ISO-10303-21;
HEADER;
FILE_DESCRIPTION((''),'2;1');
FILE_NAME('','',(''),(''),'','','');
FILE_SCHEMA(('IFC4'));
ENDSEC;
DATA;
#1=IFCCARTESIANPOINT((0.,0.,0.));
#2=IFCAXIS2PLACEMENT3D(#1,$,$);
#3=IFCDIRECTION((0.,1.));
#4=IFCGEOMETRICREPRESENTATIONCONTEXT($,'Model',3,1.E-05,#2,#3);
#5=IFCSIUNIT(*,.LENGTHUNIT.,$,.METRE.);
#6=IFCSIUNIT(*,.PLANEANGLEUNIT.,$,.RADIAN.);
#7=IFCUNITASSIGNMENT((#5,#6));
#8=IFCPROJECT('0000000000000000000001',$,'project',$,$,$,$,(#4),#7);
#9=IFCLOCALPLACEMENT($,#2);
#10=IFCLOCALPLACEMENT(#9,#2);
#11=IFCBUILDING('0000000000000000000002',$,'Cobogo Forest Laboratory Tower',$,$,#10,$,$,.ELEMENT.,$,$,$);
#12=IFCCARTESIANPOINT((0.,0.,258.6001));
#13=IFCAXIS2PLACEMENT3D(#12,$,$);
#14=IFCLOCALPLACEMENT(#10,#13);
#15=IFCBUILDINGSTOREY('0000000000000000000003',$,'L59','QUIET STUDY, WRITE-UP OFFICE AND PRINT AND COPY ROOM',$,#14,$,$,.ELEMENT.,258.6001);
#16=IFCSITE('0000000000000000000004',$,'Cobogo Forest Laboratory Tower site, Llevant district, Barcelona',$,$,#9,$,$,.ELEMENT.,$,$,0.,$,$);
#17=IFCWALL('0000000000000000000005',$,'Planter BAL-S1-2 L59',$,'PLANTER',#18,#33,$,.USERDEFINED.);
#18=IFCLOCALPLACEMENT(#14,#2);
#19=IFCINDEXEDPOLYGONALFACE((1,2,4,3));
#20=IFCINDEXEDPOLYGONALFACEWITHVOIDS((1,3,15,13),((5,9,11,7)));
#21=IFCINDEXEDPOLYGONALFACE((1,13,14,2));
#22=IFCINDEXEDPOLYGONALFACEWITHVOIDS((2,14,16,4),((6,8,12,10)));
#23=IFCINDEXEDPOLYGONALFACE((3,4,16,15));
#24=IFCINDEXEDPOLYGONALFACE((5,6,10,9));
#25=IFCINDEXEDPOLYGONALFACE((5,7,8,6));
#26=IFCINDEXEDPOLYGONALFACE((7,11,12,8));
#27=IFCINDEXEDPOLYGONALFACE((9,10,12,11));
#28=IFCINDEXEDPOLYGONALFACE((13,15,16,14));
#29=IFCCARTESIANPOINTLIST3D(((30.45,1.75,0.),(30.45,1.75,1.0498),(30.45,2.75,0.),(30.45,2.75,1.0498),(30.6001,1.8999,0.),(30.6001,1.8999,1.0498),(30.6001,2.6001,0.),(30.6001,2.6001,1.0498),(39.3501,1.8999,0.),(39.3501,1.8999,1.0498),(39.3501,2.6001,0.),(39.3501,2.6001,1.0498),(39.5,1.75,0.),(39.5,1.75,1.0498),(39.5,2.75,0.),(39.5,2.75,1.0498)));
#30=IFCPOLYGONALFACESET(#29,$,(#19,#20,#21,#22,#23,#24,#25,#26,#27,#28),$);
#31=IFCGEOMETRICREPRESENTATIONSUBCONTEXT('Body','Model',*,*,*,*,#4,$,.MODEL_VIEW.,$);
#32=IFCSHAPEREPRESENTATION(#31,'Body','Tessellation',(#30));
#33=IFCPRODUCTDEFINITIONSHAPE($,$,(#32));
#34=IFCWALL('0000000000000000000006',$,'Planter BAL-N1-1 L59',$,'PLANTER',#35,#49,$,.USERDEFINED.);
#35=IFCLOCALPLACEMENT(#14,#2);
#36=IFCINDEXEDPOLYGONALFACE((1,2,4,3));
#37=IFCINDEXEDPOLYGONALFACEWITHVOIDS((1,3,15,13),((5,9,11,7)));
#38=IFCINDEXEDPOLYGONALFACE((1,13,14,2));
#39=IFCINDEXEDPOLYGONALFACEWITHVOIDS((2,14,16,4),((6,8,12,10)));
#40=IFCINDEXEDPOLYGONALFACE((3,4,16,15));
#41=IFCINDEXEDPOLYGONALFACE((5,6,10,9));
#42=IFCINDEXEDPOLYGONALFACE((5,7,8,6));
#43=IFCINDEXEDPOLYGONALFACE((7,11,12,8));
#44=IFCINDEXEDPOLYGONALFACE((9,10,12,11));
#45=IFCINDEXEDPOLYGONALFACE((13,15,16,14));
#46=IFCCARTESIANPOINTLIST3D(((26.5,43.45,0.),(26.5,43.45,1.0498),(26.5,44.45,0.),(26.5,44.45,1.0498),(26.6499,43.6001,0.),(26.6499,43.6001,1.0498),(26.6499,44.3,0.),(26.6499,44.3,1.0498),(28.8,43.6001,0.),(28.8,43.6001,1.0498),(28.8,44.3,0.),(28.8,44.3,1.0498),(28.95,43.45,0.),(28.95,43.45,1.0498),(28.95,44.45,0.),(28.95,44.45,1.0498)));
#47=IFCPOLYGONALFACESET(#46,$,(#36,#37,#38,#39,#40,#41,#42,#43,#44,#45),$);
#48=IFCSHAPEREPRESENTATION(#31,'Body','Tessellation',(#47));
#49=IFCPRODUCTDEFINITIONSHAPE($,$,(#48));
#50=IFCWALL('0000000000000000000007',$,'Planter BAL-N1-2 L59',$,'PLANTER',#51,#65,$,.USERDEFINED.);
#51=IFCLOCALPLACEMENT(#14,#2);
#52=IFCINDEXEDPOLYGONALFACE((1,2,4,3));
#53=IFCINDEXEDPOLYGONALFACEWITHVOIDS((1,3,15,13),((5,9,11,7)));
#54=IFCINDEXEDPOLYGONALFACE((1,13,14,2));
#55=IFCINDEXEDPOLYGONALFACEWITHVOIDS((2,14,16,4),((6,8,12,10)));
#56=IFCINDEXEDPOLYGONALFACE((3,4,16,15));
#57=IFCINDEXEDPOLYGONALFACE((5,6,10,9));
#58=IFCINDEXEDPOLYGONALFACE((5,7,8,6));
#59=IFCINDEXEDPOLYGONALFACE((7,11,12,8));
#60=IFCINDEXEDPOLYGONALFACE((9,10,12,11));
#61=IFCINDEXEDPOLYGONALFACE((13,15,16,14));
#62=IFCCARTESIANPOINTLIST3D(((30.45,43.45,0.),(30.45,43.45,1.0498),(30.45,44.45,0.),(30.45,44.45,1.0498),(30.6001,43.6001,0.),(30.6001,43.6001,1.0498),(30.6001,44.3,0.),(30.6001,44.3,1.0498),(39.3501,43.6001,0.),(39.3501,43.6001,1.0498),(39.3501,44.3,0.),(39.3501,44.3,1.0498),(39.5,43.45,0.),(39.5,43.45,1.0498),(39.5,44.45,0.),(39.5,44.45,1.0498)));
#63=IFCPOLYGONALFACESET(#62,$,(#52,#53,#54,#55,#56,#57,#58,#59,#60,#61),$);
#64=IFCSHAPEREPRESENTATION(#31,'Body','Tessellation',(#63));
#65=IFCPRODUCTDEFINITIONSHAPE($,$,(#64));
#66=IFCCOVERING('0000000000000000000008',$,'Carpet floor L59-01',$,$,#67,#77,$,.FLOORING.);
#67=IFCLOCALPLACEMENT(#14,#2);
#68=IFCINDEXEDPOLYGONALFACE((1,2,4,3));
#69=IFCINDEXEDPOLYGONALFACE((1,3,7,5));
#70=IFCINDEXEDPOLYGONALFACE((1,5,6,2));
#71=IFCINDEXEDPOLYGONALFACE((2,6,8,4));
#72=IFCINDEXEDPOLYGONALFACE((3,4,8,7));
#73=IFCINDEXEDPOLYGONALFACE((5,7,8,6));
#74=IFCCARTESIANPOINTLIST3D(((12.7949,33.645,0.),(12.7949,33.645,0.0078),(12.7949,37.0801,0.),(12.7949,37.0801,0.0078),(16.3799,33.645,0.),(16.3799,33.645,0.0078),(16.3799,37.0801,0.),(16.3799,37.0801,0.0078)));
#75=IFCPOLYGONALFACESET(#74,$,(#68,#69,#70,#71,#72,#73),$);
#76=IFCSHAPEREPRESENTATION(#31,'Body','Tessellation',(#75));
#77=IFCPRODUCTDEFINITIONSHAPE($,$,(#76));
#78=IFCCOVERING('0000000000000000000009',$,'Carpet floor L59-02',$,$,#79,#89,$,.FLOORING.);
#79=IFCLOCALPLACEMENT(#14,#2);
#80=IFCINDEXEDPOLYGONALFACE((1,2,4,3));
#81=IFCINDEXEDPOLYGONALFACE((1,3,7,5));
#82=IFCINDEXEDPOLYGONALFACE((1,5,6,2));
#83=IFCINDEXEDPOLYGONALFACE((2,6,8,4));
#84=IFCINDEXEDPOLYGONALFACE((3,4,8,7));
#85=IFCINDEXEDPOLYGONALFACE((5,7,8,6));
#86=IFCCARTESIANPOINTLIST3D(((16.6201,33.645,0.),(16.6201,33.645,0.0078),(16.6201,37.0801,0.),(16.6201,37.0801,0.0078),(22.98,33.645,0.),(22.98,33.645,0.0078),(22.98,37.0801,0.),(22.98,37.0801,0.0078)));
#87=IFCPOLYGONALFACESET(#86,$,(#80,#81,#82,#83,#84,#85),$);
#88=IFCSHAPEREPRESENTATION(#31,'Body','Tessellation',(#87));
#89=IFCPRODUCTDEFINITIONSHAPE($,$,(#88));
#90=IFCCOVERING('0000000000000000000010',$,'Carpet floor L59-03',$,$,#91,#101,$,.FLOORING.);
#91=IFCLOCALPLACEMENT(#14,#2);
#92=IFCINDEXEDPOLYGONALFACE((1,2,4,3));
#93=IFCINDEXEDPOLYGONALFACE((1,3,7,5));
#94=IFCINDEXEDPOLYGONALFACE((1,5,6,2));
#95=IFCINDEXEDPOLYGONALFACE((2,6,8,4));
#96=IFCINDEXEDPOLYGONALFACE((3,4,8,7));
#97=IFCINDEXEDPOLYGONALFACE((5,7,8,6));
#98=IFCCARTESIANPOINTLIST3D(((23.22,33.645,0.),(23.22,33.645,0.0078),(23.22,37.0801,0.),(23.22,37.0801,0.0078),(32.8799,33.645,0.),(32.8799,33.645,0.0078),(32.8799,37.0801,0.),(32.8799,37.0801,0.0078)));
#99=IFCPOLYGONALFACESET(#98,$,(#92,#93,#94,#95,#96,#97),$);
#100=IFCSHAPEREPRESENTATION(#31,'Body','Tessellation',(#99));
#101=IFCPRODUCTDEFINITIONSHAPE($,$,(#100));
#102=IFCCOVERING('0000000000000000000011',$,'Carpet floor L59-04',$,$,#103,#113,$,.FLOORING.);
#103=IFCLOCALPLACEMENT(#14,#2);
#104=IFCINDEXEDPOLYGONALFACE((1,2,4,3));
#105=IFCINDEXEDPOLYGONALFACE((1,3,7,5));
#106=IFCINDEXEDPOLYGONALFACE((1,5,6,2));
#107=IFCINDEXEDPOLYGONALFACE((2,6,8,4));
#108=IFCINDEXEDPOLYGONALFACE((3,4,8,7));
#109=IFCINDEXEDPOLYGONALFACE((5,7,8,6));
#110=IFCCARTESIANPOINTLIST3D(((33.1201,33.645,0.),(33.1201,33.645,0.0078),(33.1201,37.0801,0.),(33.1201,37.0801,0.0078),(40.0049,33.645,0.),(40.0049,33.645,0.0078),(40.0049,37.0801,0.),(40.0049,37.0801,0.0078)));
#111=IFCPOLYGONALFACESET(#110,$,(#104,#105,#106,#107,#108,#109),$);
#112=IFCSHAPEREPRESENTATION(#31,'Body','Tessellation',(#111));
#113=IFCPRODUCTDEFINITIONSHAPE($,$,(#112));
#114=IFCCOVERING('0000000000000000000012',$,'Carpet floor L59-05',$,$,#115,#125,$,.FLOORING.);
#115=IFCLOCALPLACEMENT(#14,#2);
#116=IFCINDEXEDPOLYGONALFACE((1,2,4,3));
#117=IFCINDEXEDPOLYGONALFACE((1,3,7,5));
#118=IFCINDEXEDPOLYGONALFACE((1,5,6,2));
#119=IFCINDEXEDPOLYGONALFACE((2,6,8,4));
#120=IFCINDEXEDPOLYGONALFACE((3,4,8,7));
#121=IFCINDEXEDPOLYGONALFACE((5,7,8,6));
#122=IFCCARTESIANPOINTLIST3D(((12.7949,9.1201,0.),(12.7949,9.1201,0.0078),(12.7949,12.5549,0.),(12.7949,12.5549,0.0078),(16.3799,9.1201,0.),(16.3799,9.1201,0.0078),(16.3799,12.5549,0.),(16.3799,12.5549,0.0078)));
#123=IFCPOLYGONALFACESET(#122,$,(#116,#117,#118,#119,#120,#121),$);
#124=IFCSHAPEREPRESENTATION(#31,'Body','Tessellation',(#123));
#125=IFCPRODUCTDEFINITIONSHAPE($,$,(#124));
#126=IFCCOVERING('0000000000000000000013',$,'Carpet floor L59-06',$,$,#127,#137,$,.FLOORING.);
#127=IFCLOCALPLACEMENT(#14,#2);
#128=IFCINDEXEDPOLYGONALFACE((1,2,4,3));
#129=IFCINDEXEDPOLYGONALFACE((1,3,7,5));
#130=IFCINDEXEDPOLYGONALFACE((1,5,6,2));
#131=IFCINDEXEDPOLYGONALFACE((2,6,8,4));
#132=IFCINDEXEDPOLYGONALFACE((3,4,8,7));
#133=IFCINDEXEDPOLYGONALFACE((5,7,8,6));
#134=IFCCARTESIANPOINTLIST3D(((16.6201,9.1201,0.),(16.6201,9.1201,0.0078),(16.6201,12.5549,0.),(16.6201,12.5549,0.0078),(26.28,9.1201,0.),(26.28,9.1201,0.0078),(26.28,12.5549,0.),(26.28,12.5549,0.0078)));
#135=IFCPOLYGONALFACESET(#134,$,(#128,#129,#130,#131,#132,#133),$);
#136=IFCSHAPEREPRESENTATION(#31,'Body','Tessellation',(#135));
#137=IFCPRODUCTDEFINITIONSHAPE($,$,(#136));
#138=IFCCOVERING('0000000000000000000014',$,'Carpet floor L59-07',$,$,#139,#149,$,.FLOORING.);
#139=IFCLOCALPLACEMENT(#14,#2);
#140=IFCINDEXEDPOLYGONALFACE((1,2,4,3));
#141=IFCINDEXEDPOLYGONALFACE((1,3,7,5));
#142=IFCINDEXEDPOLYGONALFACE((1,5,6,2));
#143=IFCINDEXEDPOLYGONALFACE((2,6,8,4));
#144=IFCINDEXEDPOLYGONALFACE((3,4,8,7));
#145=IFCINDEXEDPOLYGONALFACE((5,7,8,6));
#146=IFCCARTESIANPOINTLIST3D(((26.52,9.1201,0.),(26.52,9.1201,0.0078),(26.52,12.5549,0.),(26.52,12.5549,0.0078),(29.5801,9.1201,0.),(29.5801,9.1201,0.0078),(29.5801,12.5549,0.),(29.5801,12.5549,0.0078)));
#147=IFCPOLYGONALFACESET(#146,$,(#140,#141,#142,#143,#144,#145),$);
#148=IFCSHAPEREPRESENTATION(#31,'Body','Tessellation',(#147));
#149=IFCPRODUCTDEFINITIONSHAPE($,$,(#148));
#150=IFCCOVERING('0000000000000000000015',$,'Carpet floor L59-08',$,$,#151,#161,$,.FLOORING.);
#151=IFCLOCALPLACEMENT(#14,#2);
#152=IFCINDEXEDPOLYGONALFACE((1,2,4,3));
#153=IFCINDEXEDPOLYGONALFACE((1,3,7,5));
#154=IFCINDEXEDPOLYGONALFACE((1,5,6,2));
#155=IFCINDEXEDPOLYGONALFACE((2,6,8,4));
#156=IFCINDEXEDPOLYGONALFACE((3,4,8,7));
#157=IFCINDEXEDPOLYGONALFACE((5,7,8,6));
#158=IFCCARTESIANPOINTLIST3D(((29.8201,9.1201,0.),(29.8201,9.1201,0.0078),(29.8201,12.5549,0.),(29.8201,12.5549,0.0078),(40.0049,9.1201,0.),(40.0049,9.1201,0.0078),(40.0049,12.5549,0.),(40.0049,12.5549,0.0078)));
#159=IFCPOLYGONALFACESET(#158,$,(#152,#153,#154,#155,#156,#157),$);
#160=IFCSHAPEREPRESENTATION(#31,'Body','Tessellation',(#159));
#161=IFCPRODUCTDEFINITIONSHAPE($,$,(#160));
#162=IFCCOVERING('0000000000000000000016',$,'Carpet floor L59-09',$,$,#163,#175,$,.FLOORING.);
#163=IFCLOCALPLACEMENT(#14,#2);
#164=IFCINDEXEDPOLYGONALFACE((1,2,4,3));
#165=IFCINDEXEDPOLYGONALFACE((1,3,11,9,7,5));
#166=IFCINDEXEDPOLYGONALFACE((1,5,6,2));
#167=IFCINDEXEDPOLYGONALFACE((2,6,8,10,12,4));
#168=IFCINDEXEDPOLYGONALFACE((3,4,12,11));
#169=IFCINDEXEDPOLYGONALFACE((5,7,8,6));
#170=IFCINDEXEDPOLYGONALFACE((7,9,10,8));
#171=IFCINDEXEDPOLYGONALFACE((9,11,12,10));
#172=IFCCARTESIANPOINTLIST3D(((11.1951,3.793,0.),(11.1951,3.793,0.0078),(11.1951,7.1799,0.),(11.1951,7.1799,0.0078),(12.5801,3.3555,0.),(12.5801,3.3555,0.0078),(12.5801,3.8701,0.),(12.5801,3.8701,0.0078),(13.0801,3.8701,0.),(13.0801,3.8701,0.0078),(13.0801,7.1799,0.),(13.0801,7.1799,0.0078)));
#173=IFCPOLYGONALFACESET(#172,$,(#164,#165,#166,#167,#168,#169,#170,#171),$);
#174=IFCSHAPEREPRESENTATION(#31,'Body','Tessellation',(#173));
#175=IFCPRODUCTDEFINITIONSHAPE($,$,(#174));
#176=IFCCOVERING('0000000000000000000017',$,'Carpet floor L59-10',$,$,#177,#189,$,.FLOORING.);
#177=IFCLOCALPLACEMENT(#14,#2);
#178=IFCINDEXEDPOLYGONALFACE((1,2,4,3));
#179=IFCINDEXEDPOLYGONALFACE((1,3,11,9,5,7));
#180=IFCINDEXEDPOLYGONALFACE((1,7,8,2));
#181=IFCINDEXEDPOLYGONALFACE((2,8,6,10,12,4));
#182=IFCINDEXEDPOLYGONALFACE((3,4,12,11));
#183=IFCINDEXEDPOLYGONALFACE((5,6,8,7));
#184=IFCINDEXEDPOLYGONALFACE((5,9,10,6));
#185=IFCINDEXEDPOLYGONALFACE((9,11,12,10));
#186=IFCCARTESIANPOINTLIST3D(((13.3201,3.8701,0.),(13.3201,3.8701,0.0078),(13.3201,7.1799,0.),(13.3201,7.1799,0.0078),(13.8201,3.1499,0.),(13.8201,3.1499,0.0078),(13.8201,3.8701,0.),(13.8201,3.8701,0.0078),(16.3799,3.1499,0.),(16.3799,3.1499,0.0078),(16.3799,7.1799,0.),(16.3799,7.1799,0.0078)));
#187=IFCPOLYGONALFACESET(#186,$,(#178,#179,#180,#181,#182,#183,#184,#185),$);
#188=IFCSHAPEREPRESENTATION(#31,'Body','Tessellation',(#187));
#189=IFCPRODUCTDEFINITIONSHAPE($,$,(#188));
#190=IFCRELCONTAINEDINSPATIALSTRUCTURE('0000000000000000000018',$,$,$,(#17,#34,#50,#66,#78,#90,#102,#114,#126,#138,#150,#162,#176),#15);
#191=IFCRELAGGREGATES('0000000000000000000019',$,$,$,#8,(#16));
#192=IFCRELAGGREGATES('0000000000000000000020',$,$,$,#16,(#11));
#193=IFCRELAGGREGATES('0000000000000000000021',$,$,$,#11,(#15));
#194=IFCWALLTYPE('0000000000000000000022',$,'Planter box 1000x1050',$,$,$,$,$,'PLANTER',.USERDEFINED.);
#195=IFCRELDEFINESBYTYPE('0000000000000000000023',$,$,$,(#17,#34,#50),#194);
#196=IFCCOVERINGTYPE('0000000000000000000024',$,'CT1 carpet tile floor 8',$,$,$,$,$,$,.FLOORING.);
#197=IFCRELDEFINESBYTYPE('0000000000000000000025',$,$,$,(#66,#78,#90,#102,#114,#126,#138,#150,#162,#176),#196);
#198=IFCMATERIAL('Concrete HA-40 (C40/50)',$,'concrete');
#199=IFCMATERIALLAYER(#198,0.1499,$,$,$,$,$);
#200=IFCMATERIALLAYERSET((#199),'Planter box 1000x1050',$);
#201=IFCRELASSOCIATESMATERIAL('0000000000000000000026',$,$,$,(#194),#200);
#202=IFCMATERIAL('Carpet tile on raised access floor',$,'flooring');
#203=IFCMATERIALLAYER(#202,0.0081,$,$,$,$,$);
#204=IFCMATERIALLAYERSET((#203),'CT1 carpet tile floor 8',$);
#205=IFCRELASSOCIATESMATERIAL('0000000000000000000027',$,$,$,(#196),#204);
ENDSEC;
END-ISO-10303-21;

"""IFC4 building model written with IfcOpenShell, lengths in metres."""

from ifc_helpers import new_model, si_unit, direction, frame, origin, place, context, subcontext, project, spatial, polyline, outline, extrude, material, layer, layer_set, type_object, element, save


model = new_model("IFC4")

# Units and contexts
model_context = context("Model", 3, precision=1e-05, world=origin(), true_north=direction((0.0, 1.0)))
body_context = subcontext(model_context, "Body", "Model", "MODEL_VIEW")
ifc_project = project(units=[si_unit("LENGTHUNIT", "METRE"), si_unit("PLANEANGLEUNIT", "RADIAN")], contexts=[model_context])

# Site, building, storey
site_placement = place(None, origin())
site = spatial("IfcSite", under=ifc_project, at=site_placement, Name="Cobogo Forest Laboratory Tower site, Llevant district, Barcelona", CompositionType="ELEMENT", RefElevation=0.0)
building_placement = place(site_placement, origin())
building = spatial("IfcBuilding", under=site, at=building_placement, Name="Cobogo Forest Laboratory Tower", CompositionType="ELEMENT")
storey_placement = place(building_placement, frame((0.0, 0.0, 258.6001)))
storey = spatial("IfcBuildingStorey", under=building, at=storey_placement, Name="L59", Description="QUIET STUDY, WRITE-UP OFFICE AND PRINT AND COPY ROOM", CompositionType="ELEMENT", Elevation=258.6001)

# Shared definitions
ifc_material_1 = material(Name="Concrete HA-40 (C40/50)", Category="concrete")

# Walls
ifc_layer_1 = layer(ifc_material_1, 0.1499)
ifc_layer_set_1 = layer_set([ifc_layer_1], Name="Planter box 1000x1050")
wall_type = type_object("IfcWallType", Name="Planter box 1000x1050", ElementType="PLANTER", PredefinedType="USERDEFINED", material=ifc_layer_set_1)
wall_1_placement = place(storey_placement, origin())
element("IfcWall", 1, at=wall_1_placement, inside=storey, type_object=wall_type, Name="Planter BAL-S1-2 L59", ObjectType="PLANTER", PredefinedType="USERDEFINED", context=body_context, shape_type="SweptSolid", body=[
    extrude(outline(polyline([(30.45, 1.75), (39.5, 1.75), (39.5, 2.75), (30.45, 2.75), (30.45, 1.75)]), holes=[polyline([(30.6001, 1.8999), (39.3501, 1.8999), (39.3501, 2.6001), (30.6001, 2.6001), (30.6001, 1.8999)])]), origin(), (0.0, 0.0, 1.0), 1.0498),
])
wall_2_placement = place(storey_placement, origin())
element("IfcWall", 2, at=wall_2_placement, inside=storey, type_object=wall_type, Name="Planter BAL-N1-1 L59", ObjectType="PLANTER", PredefinedType="USERDEFINED", context=body_context, shape_type="SweptSolid", body=[
    extrude(outline(polyline([(26.5, 43.45), (28.95, 43.45), (28.95, 44.45), (26.5, 44.45), (26.5, 43.45)]), holes=[polyline([(26.6499, 43.6001), (28.8, 43.6001), (28.8, 44.3), (26.6499, 44.3), (26.6499, 43.6001)])]), origin(), (0.0, 0.0, 1.0), 1.0498),
])
wall_3_placement = place(storey_placement, origin())
element("IfcWall", 3, at=wall_3_placement, inside=storey, type_object=wall_type, Name="Planter BAL-N1-2 L59", ObjectType="PLANTER", PredefinedType="USERDEFINED", context=body_context, shape_type="SweptSolid", body=[
    extrude(outline(polyline([(30.45, 43.45), (39.5, 43.45), (39.5, 44.45), (30.45, 44.45), (30.45, 43.45)]), holes=[polyline([(30.6001, 43.6001), (39.3501, 43.6001), (39.3501, 44.3), (30.6001, 44.3), (30.6001, 43.6001)])]), origin(), (0.0, 0.0, 1.0), 1.0498),
])

# Coverings
ifc_material_2 = material(Name="Carpet tile on raised access floor", Category="flooring")
ifc_layer_2 = layer(ifc_material_2, 0.0081)
ifc_layer_set_2 = layer_set([ifc_layer_2], Name="CT1 carpet tile floor 8")
covering_type_1 = type_object("IfcCoveringType", Name="CT1 carpet tile floor 8", PredefinedType="FLOORING", material=ifc_layer_set_2)
covering_1_placement = place(storey_placement, origin())
element("IfcCovering", 4, at=covering_1_placement, inside=storey, type_object=covering_type_1, Name="Carpet floor L59-01", PredefinedType="FLOORING", context=body_context, shape_type="SweptSolid", body=[
    extrude(outline(polyline([(16.3799, 33.645), (12.7949, 33.645), (12.7949, 37.0801), (16.3799, 37.0801), (16.3799, 33.645)])), origin(), (0.0, 0.0, 1.0), 0.0078),
])
covering_2_placement = place(storey_placement, origin())
element("IfcCovering", 5, at=covering_2_placement, inside=storey, type_object=covering_type_1, Name="Carpet floor L59-02", PredefinedType="FLOORING", context=body_context, shape_type="SweptSolid", body=[
    extrude(outline(polyline([(22.98, 33.645), (16.6201, 33.645), (16.6201, 37.0801), (22.98, 37.0801), (22.98, 33.645)])), origin(), (0.0, 0.0, 1.0), 0.0078),
])
covering_3_placement = place(storey_placement, origin())
element("IfcCovering", 6, at=covering_3_placement, inside=storey, type_object=covering_type_1, Name="Carpet floor L59-03", PredefinedType="FLOORING", context=body_context, shape_type="SweptSolid", body=[
    extrude(outline(polyline([(32.8799, 33.645), (23.22, 33.645), (23.22, 37.0801), (32.8799, 37.0801), (32.8799, 33.645)])), origin(), (0.0, 0.0, 1.0), 0.0078),
])
covering_4_placement = place(storey_placement, origin())
element("IfcCovering", 7, at=covering_4_placement, inside=storey, type_object=covering_type_1, Name="Carpet floor L59-04", PredefinedType="FLOORING", context=body_context, shape_type="SweptSolid", body=[
    extrude(outline(polyline([(40.0049, 33.645), (33.1201, 33.645), (33.1201, 37.0801), (40.0049, 37.0801), (40.0049, 33.645)])), origin(), (0.0, 0.0, 1.0), 0.0078),
])
covering_5_placement = place(storey_placement, origin())
element("IfcCovering", 8, at=covering_5_placement, inside=storey, type_object=covering_type_1, Name="Carpet floor L59-05", PredefinedType="FLOORING", context=body_context, shape_type="SweptSolid", body=[
    extrude(outline(polyline([(16.3799, 9.1201), (12.7949, 9.1201), (12.7949, 12.5549), (16.3799, 12.5549), (16.3799, 9.1201)])), origin(), (0.0, 0.0, 1.0), 0.0078),
])
covering_6_placement = place(storey_placement, origin())
element("IfcCovering", 9, at=covering_6_placement, inside=storey, type_object=covering_type_1, Name="Carpet floor L59-06", PredefinedType="FLOORING", context=body_context, shape_type="SweptSolid", body=[
    extrude(outline(polyline([(26.28, 9.1201), (16.6201, 9.1201), (16.6201, 12.5549), (26.28, 12.5549), (26.28, 9.1201)])), origin(), (0.0, 0.0, 1.0), 0.0078),
])
covering_7_placement = place(storey_placement, origin())
element("IfcCovering", 10, at=covering_7_placement, inside=storey, type_object=covering_type_1, Name="Carpet floor L59-07", PredefinedType="FLOORING", context=body_context, shape_type="SweptSolid", body=[
    extrude(outline(polyline([(29.5801, 9.1201), (26.52, 9.1201), (26.52, 12.5549), (29.5801, 12.5549), (29.5801, 9.1201)])), origin(), (0.0, 0.0, 1.0), 0.0078),
])
covering_8_placement = place(storey_placement, origin())
element("IfcCovering", 11, at=covering_8_placement, inside=storey, type_object=covering_type_1, Name="Carpet floor L59-08", PredefinedType="FLOORING", context=body_context, shape_type="SweptSolid", body=[
    extrude(outline(polyline([(40.0049, 9.1201), (29.8201, 9.1201), (29.8201, 12.5549), (40.0049, 12.5549), (40.0049, 9.1201)])), origin(), (0.0, 0.0, 1.0), 0.0078),
])
covering_9_placement = place(storey_placement, origin())
element("IfcCovering", 12, at=covering_9_placement, inside=storey, type_object=covering_type_1, Name="Carpet floor L59-09", PredefinedType="FLOORING", context=body_context, shape_type="SweptSolid", body=[
    extrude(outline(polyline([(13.0801, 7.1799), (13.0801, 3.8701), (12.5801, 3.8701), (12.5801, 3.3555), (11.1951, 3.793), (11.1951, 7.1799), (13.0801, 7.1799)])), origin(), (0.0, 0.0, 1.0), 0.0078),
])
covering_10_placement = place(storey_placement, origin())
element("IfcCovering", 13, at=covering_10_placement, inside=storey, type_object=covering_type_1, Name="Carpet floor L59-10", PredefinedType="FLOORING", context=body_context, shape_type="SweptSolid", body=[
    extrude(outline(polyline([(16.3799, 7.1799), (16.3799, 3.1499), (13.8201, 3.1499), (13.8201, 3.8701), (13.3201, 3.8701), (13.3201, 7.1799), (16.3799, 7.1799)])), origin(), (0.0, 0.0, 1.0), 0.0078),
])

save(model, "model.ifc")
